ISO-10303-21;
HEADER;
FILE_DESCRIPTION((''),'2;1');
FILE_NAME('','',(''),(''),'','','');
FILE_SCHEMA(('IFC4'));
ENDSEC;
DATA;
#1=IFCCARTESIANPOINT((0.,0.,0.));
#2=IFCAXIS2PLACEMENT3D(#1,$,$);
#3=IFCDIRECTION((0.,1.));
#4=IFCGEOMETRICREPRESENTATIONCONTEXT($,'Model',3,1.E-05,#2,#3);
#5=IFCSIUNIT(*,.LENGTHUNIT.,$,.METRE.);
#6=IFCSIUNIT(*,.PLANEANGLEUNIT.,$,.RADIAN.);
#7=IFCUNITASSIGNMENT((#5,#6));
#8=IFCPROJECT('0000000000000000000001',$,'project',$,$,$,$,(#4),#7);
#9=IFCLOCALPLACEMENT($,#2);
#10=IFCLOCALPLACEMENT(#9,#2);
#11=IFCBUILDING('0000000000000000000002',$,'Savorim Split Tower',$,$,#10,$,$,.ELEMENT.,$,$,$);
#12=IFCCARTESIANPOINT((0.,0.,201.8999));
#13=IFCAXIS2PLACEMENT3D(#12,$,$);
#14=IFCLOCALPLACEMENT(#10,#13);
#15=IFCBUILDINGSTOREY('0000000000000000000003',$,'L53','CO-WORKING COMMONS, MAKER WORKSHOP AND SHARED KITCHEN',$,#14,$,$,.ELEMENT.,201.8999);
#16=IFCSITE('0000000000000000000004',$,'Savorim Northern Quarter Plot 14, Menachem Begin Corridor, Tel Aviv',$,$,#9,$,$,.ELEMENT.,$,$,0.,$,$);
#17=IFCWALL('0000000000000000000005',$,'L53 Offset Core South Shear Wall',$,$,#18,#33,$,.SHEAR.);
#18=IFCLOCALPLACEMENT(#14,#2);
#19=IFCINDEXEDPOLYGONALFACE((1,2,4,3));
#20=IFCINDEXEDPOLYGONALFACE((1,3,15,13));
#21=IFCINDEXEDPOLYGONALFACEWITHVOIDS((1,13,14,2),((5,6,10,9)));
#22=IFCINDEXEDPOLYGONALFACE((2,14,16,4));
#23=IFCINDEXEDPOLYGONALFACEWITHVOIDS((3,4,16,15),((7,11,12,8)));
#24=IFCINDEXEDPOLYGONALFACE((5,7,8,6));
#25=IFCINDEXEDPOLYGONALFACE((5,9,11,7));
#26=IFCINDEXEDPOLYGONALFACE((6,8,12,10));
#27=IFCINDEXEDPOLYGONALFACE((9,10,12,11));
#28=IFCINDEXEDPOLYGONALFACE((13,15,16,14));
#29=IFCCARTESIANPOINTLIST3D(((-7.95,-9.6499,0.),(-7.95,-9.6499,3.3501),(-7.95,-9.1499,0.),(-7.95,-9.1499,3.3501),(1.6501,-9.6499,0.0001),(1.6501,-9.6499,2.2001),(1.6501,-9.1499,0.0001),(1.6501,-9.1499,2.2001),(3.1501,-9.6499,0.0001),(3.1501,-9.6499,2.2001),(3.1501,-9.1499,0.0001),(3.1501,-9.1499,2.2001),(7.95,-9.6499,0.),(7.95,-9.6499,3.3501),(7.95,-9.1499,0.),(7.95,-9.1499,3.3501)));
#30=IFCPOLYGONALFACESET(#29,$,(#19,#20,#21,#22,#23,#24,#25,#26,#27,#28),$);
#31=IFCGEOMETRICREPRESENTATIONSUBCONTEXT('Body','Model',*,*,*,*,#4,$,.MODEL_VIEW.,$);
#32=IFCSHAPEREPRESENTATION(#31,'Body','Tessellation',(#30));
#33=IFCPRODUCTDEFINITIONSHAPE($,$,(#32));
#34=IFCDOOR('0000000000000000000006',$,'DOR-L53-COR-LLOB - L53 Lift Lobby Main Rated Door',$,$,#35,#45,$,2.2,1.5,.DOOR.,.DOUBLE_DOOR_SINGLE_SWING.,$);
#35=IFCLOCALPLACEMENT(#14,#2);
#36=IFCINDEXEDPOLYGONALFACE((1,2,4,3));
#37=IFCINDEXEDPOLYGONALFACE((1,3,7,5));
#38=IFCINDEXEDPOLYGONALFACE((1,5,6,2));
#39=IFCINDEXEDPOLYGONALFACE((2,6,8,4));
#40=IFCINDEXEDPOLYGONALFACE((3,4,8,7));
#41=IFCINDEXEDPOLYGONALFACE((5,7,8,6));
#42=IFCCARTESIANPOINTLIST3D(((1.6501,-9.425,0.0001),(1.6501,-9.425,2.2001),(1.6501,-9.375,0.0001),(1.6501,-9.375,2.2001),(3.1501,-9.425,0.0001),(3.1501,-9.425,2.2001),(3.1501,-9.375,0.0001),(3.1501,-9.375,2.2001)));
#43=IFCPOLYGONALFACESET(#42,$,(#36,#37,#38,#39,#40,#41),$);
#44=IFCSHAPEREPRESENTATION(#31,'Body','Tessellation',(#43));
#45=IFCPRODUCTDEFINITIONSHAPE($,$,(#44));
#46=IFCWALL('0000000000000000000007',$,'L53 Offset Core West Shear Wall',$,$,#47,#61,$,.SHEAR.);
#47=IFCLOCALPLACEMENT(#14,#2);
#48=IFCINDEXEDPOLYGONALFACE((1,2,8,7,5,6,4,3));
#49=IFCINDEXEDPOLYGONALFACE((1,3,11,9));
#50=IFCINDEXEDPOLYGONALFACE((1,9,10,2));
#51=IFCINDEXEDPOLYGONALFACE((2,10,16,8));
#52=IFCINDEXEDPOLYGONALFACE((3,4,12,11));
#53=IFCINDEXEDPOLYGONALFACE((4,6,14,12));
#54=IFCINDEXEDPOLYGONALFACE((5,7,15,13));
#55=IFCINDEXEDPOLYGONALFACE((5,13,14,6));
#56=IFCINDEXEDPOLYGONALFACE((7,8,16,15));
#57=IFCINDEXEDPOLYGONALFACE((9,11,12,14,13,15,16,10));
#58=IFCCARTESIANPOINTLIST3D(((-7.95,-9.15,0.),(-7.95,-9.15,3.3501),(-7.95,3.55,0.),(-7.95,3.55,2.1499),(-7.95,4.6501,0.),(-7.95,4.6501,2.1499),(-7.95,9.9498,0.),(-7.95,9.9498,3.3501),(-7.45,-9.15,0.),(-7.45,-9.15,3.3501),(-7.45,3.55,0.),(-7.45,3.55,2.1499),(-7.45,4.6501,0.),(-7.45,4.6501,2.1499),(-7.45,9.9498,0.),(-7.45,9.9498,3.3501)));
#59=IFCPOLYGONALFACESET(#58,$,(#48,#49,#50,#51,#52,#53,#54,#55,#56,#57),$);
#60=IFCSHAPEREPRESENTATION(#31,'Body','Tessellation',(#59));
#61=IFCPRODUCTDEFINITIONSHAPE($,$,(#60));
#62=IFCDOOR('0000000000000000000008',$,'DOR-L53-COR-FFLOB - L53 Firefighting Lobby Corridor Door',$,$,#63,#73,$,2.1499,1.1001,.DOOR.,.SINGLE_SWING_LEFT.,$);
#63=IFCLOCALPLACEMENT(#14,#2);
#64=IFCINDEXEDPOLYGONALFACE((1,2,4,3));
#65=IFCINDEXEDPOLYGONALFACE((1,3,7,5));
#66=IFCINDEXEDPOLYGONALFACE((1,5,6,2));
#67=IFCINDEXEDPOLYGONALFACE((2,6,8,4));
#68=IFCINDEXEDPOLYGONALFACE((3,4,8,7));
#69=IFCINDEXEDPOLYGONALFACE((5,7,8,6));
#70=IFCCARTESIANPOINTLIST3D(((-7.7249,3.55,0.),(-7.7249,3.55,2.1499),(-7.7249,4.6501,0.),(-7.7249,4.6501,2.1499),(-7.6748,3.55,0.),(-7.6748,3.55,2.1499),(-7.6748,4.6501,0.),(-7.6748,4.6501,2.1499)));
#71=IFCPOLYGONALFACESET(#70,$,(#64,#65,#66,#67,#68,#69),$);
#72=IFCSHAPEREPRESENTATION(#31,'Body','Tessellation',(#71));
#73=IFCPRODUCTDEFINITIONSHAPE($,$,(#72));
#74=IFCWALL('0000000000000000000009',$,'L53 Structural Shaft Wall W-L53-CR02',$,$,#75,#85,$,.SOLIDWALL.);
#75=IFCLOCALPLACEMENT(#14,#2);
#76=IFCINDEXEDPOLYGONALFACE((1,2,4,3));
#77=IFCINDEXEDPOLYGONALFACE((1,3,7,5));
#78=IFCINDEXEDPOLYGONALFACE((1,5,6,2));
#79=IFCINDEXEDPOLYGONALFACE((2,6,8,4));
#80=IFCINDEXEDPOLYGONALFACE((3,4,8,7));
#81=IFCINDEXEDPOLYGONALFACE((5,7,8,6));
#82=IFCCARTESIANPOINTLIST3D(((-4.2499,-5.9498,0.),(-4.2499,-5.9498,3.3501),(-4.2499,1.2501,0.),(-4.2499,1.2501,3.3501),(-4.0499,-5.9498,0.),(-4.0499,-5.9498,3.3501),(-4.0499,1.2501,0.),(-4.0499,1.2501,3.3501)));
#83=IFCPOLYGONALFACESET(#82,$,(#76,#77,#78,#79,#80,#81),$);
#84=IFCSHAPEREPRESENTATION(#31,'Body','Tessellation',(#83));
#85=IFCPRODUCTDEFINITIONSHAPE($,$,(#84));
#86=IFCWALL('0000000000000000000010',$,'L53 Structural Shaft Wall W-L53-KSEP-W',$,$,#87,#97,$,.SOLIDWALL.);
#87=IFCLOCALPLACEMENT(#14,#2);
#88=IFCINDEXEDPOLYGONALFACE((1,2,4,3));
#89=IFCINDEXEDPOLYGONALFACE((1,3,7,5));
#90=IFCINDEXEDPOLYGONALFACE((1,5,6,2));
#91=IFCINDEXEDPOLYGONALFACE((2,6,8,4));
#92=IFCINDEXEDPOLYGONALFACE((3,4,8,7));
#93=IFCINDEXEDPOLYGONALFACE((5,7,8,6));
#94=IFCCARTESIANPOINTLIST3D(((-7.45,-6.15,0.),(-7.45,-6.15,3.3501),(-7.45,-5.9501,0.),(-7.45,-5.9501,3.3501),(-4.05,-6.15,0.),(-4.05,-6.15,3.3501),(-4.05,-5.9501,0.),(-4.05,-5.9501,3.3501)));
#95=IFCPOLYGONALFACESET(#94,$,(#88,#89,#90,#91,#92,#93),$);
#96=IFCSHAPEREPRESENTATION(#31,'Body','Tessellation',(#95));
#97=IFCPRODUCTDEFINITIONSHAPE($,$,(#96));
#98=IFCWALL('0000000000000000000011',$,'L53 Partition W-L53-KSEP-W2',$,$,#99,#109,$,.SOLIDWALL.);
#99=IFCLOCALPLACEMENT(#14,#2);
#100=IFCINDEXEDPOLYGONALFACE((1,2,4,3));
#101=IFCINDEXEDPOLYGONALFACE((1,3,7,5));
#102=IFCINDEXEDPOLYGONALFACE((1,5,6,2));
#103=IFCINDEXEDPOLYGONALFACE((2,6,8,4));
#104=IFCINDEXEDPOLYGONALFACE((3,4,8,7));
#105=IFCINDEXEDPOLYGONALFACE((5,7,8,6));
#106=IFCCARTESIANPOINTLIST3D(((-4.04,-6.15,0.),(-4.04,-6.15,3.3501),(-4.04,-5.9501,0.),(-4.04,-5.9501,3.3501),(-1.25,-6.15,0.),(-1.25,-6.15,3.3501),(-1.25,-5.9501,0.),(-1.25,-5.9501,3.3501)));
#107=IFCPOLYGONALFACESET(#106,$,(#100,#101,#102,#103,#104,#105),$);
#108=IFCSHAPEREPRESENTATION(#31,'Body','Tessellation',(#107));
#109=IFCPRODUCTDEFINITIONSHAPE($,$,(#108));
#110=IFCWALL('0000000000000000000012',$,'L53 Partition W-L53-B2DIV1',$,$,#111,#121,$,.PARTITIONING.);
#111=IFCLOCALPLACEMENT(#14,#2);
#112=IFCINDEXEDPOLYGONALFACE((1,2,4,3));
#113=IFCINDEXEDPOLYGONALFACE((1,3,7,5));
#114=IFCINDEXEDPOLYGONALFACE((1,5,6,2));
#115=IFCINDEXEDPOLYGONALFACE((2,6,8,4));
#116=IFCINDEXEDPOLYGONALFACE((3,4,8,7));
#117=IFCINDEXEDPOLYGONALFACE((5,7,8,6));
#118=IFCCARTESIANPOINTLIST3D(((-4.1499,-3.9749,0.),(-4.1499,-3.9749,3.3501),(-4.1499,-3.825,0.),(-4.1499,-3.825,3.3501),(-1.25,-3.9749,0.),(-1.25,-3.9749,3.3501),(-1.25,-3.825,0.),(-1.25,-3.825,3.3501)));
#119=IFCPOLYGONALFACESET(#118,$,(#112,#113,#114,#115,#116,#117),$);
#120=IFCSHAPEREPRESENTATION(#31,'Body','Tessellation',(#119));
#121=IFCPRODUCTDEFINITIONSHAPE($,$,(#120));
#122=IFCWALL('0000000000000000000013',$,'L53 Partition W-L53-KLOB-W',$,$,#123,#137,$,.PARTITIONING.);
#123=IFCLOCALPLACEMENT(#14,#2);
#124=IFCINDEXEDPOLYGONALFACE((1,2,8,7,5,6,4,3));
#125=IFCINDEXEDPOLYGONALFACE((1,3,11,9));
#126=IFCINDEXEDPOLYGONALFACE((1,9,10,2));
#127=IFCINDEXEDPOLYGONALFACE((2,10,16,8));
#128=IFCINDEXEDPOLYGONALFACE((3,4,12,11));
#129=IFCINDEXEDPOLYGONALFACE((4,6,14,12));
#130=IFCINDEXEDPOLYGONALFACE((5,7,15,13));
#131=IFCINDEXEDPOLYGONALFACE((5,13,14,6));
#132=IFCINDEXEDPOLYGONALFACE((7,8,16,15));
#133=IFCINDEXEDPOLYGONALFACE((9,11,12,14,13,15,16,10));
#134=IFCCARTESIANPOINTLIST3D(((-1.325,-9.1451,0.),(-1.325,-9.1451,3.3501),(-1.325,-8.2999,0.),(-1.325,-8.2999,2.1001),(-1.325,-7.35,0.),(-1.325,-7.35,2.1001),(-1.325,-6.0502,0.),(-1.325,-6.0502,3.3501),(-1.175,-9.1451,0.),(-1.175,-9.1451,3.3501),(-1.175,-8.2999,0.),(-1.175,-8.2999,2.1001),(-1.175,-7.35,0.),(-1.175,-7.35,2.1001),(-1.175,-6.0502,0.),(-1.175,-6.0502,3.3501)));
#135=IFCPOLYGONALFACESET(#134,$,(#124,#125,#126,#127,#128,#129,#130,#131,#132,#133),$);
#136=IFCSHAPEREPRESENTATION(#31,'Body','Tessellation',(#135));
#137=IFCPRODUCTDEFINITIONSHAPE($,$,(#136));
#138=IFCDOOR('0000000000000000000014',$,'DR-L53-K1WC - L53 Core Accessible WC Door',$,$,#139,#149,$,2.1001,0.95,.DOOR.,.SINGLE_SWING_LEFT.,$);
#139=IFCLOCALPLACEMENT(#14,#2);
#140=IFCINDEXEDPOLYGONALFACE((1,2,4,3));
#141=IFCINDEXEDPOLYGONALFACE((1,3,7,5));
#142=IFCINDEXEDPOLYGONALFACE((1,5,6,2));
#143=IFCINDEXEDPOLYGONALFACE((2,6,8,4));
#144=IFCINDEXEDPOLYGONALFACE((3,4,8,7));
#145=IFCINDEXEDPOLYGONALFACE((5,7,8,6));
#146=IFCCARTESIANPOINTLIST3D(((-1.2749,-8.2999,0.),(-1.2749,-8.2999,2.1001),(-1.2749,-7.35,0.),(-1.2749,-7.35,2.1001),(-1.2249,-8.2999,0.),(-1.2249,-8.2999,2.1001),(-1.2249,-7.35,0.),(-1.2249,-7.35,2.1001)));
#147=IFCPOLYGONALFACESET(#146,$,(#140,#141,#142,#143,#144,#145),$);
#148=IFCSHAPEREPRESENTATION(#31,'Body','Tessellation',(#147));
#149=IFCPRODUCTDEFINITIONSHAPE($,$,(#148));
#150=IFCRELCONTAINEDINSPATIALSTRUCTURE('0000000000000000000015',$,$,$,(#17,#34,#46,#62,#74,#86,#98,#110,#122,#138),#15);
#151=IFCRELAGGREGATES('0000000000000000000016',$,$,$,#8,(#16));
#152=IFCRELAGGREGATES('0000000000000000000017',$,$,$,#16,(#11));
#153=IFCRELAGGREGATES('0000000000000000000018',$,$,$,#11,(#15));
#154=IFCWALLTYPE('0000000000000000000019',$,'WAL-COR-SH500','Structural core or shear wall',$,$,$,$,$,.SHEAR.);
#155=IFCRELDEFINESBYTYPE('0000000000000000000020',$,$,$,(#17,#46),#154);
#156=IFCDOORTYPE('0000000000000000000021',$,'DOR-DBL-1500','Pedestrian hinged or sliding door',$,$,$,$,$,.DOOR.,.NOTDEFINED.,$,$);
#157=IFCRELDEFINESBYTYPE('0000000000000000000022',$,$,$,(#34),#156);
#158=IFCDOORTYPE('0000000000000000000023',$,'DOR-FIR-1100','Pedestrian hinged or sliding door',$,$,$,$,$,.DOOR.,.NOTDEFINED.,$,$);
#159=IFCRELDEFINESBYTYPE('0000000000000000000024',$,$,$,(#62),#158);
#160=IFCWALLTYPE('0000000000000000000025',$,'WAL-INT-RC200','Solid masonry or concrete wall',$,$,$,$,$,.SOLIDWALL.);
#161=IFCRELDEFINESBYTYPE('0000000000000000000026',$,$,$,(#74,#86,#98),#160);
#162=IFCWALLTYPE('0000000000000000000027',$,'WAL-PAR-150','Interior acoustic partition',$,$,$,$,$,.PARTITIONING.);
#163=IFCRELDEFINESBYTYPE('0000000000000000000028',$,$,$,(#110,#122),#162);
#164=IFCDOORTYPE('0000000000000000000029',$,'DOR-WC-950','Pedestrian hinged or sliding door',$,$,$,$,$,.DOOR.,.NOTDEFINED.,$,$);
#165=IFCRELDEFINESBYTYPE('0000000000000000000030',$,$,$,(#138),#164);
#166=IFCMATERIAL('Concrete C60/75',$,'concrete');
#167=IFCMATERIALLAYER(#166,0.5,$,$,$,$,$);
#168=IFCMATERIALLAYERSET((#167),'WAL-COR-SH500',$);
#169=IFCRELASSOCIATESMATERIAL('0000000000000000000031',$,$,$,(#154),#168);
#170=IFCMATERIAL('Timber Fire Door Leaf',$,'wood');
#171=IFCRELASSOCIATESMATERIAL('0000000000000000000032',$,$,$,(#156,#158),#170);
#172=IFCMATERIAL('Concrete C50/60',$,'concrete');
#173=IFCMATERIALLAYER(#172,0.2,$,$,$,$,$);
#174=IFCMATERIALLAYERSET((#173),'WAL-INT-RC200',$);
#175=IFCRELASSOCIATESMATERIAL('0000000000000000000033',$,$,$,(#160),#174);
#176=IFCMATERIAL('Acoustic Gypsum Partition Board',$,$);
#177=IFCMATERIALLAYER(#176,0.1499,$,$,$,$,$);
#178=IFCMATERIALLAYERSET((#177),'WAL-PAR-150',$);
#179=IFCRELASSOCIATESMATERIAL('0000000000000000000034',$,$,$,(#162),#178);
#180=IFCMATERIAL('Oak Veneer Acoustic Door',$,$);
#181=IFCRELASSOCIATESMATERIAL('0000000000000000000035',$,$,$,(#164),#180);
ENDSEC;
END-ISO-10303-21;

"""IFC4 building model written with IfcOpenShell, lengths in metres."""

from ifc_helpers import new_model, si_unit, direction, frame, frame_2d, origin, place, context, subcontext, project, spatial, rectangle, extrude, material, layer, layer_set, type_object, element, fill, save


model = new_model("IFC4")

# Units and contexts
model_context = context("Model", 3, precision=1e-05, world=origin(), true_north=direction((0.0, 1.0)))
body_context = subcontext(model_context, "Body", "Model", "MODEL_VIEW")
ifc_project = project(units=[si_unit("LENGTHUNIT", "METRE"), si_unit("PLANEANGLEUNIT", "RADIAN")], contexts=[model_context])

# Site, building, storey
site_placement = place(None, origin())
site = spatial("IfcSite", under=ifc_project, at=site_placement, Name="Savorim Northern Quarter Plot 14, Menachem Begin Corridor, Tel Aviv", CompositionType="ELEMENT", RefElevation=0.0)
building_placement = place(site_placement, origin())
building = spatial("IfcBuilding", under=site, at=building_placement, Name="Savorim Split Tower", CompositionType="ELEMENT")
storey_placement = place(building_placement, frame((0.0, 0.0, 201.8999)))
storey = spatial("IfcBuildingStorey", under=building, at=storey_placement, Name="L53", Description="CO-WORKING COMMONS, MAKER WORKSHOP AND SHARED KITCHEN", CompositionType="ELEMENT", Elevation=201.8999)

# Walls, openings, doors
ifc_material_1 = material(Name="Concrete C60/75", Category="concrete")
ifc_layer_1 = layer(ifc_material_1, 0.5)
ifc_layer_set_1 = layer_set([ifc_layer_1], Name="WAL-COR-SH500")
wall_type_1 = type_object("IfcWallType", Name="WAL-COR-SH500", Description="Structural core or shear wall", PredefinedType="SHEAR", material=ifc_layer_set_1)
wall_1_placement = place(storey_placement, frame((-7.95, -9.3999, 0.0), z_axis=(0.0, 0.0, 1.0), x_axis=(1.0, 0.0, 0.0)))
wall_1 = element("IfcWall", 1, at=wall_1_placement, inside=storey, type_object=wall_type_1, Name="L53 Offset Core South Shear Wall", PredefinedType="SHEAR", context=body_context, shape_type="SweptSolid", body=[
    extrude(rectangle(XDim=15.8999, YDim=0.5, at=frame_2d((7.95, 0.0))), origin(), (0.0, 0.0, 1.0), 3.3501),
])
opening_1_placement = place(wall_1_placement, frame((9.6001, 0.0, 0.0)))
opening_1 = element("IfcOpeningElement", 2, at=opening_1_placement, cuts=wall_1, PredefinedType="OPENING", context=body_context, shape_type="SweptSolid", body=[
    extrude(rectangle(XDim=1.5, YDim=2.2, at=frame_2d((0.75, 1.1001))), frame((0.0, 0.26, 0.0), z_axis=(0.0, -1.0, 0.0), x_axis=(1.0, 0.0, 0.0)), (0.0, 0.0, 1.0), 0.52),
])
ifc_material_2 = material(Name="Timber Fire Door Leaf", Category="wood")
door_type_1 = type_object("IfcDoorType", Name="DOR-DBL-1500", Description="Pedestrian hinged or sliding door", OperationType="NOTDEFINED", PredefinedType="DOOR", material=ifc_material_2)
door_1_placement = place(opening_1_placement, origin())
door_1 = element("IfcDoor", 3, at=door_1_placement, inside=storey, type_object=door_type_1, Name="DOR-L53-COR-LLOB - L53 Lift Lobby Main Rated Door", OperationType="DOUBLE_DOOR_SINGLE_SWING", OverallHeight=2.2, OverallWidth=1.5, PredefinedType="DOOR", context=body_context, shape_type="SweptSolid", body=[
    extrude(rectangle(XDim=1.5, YDim=2.2, at=frame_2d((0.75, 1.1001))), frame((0.0, 0.0249, 0.0), z_axis=(0.0, -1.0, 0.0), x_axis=(1.0, 0.0, 0.0)), (0.0, 0.0, 1.0), 0.05),
])
fill(opening_1, door_1)
wall_2_placement = place(storey_placement, frame((-7.7, -9.1499, 0.0), z_axis=(0.0, 0.0, 1.0), x_axis=(0.0, 1.0, 0.0)))
wall_2 = element("IfcWall", 4, at=wall_2_placement, inside=storey, type_object=wall_type_1, Name="L53 Offset Core West Shear Wall", PredefinedType="SHEAR", context=body_context, shape_type="SweptSolid", body=[
    extrude(rectangle(XDim=19.0999, YDim=0.5, at=frame_2d((9.5498, 0.0))), origin(), (0.0, 0.0, 1.0), 3.3501),
])
opening_2_placement = place(wall_2_placement, frame((12.7, 0.0, 0.0)))
opening_2 = element("IfcOpeningElement", 5, at=opening_2_placement, cuts=wall_2, PredefinedType="OPENING", context=body_context, shape_type="SweptSolid", body=[
    extrude(rectangle(XDim=1.1001, YDim=2.1499, at=frame_2d((0.55, 1.075))), frame((0.0, 0.26, 0.0), z_axis=(0.0, -1.0, 0.0), x_axis=(1.0, 0.0, 0.0)), (0.0, 0.0, 1.0), 0.52),
])
door_type_2 = type_object("IfcDoorType", Name="DOR-FIR-1100", Description="Pedestrian hinged or sliding door", OperationType="NOTDEFINED", PredefinedType="DOOR", material=ifc_material_2)
door_2_placement = place(opening_2_placement, origin())
door_2 = element("IfcDoor", 6, at=door_2_placement, inside=storey, type_object=door_type_2, Name="DOR-L53-COR-FFLOB - L53 Firefighting Lobby Corridor Door", OperationType="SINGLE_SWING_LEFT", OverallHeight=2.1499, OverallWidth=1.1001, PredefinedType="DOOR", context=body_context, shape_type="SweptSolid", body=[
    extrude(rectangle(XDim=1.1001, YDim=2.1499, at=frame_2d((0.55, 1.075))), frame((0.0, 0.0249, 0.0), z_axis=(0.0, -1.0, 0.0), x_axis=(1.0, 0.0, 0.0)), (0.0, 0.0, 1.0), 0.05),
])
fill(opening_2, door_2)

# Wall
ifc_material_3 = material(Name="Concrete C50/60", Category="concrete")
ifc_layer_2 = layer(ifc_material_3, 0.2)
ifc_layer_set_2 = layer_set([ifc_layer_2], Name="WAL-INT-RC200")
wall_type_2 = type_object("IfcWallType", Name="WAL-INT-RC200", Description="Solid masonry or concrete wall", PredefinedType="SOLIDWALL", material=ifc_layer_set_2)
wall_3_placement = place(storey_placement, frame((-4.1499, -5.95, 0.0), z_axis=(0.0, 0.0, 1.0), x_axis=(0.0, 1.0, 0.0)))
element("IfcWall", 7, at=wall_3_placement, inside=storey, type_object=wall_type_2, Name="L53 Structural Shaft Wall W-L53-CR02", PredefinedType="SOLIDWALL", context=body_context, shape_type="SweptSolid", body=[
    extrude(rectangle(XDim=7.2, YDim=0.2, at=frame_2d((3.6001, 0.0))), origin(), (0.0, 0.0, 1.0), 3.3501),
])

# Walls
wall_4_placement = place(storey_placement, frame((-7.45, -6.05, 0.0), z_axis=(0.0, 0.0, 1.0), x_axis=(1.0, 0.0, 0.0)))
element("IfcWall", 8, at=wall_4_placement, inside=storey, type_object=wall_type_2, Name="L53 Structural Shaft Wall W-L53-KSEP-W", PredefinedType="SOLIDWALL", context=body_context, shape_type="SweptSolid", body=[
    extrude(rectangle(XDim=3.3999, YDim=0.2, at=frame_2d((1.7, 0.0))), origin(), (0.0, 0.0, 1.0), 3.3501),
])
wall_5_placement = place(storey_placement, frame((-4.04, -6.05, 0.0), z_axis=(0.0, 0.0, 1.0), x_axis=(1.0, 0.0, 0.0)))
element("IfcWall", 9, at=wall_5_placement, inside=storey, type_object=wall_type_2, Name="L53 Partition W-L53-KSEP-W2", PredefinedType="SOLIDWALL", context=body_context, shape_type="SweptSolid", body=[
    extrude(rectangle(XDim=2.79, YDim=0.2, at=frame_2d((1.395, 0.0))), origin(), (0.0, 0.0, 1.0), 3.3501),
])
ifc_material_4 = material(Name="Acoustic Gypsum Partition Board")
ifc_layer_3 = layer(ifc_material_4, 0.1499)
ifc_layer_set_3 = layer_set([ifc_layer_3], Name="WAL-PAR-150")
wall_type_3 = type_object("IfcWallType", Name="WAL-PAR-150", Description="Interior acoustic partition", PredefinedType="PARTITIONING", material=ifc_layer_set_3)
wall_6_placement = place(storey_placement, frame((-4.1499, -3.8999, 0.0), z_axis=(0.0, 0.0, 1.0), x_axis=(1.0, 0.0, 0.0)))
element("IfcWall", 10, at=wall_6_placement, inside=storey, type_object=wall_type_3, Name="L53 Partition W-L53-B2DIV1", PredefinedType="PARTITIONING", context=body_context, shape_type="SweptSolid", body=[
    extrude(rectangle(XDim=2.8999, YDim=0.1499, at=frame_2d((1.45, 0.0))), origin(), (0.0, 0.0, 1.0), 3.3501),
])

# Wall, opening, door
wall_7_placement = place(storey_placement, frame((-1.25, -9.145, 0.0), z_axis=(0.0, 0.0, 1.0), x_axis=(0.0, 1.0, 0.0)))
wall_7 = element("IfcWall", 11, at=wall_7_placement, inside=storey, type_object=wall_type_3, Name="L53 Partition W-L53-KLOB-W", PredefinedType="PARTITIONING", context=body_context, shape_type="SweptSolid", body=[
    extrude(rectangle(XDim=3.095, YDim=0.1499, at=frame_2d((1.5474, 0.0))), origin(), (0.0, 0.0, 1.0), 3.3501),
])
opening_3_placement = place(wall_7_placement, frame((0.845, 0.0, 0.0)))
opening_3 = element("IfcOpeningElement", 12, at=opening_3_placement, cuts=wall_7, PredefinedType="OPENING", context=body_context, shape_type="SweptSolid", body=[
    extrude(rectangle(XDim=0.95, YDim=2.1001, at=frame_2d((0.4751, 1.05))), frame((0.0, 0.085, 0.0), z_axis=(0.0, -1.0, 0.0), x_axis=(1.0, 0.0, 0.0)), (0.0, 0.0, 1.0), 0.1699),
])
ifc_material_5 = material(Name="Oak Veneer Acoustic Door")
door_type_3 = type_object("IfcDoorType", Name="DOR-WC-950", Description="Pedestrian hinged or sliding door", OperationType="NOTDEFINED", PredefinedType="DOOR", material=ifc_material_5)
door_3_placement = place(opening_3_placement, origin())
door_3 = element("IfcDoor", 13, at=door_3_placement, inside=storey, type_object=door_type_3, Name="DR-L53-K1WC - L53 Core Accessible WC Door", OperationType="SINGLE_SWING_LEFT", OverallHeight=2.1001, OverallWidth=0.95, PredefinedType="DOOR", context=body_context, shape_type="SweptSolid", body=[
    extrude(rectangle(XDim=0.95, YDim=2.1001, at=frame_2d((0.4751, 1.05))), frame((0.0, 0.0249, 0.0), z_axis=(0.0, -1.0, 0.0), x_axis=(1.0, 0.0, 0.0)), (0.0, 0.0, 1.0), 0.05),
])
fill(opening_3, door_3)

save(model, "model.ifc")
